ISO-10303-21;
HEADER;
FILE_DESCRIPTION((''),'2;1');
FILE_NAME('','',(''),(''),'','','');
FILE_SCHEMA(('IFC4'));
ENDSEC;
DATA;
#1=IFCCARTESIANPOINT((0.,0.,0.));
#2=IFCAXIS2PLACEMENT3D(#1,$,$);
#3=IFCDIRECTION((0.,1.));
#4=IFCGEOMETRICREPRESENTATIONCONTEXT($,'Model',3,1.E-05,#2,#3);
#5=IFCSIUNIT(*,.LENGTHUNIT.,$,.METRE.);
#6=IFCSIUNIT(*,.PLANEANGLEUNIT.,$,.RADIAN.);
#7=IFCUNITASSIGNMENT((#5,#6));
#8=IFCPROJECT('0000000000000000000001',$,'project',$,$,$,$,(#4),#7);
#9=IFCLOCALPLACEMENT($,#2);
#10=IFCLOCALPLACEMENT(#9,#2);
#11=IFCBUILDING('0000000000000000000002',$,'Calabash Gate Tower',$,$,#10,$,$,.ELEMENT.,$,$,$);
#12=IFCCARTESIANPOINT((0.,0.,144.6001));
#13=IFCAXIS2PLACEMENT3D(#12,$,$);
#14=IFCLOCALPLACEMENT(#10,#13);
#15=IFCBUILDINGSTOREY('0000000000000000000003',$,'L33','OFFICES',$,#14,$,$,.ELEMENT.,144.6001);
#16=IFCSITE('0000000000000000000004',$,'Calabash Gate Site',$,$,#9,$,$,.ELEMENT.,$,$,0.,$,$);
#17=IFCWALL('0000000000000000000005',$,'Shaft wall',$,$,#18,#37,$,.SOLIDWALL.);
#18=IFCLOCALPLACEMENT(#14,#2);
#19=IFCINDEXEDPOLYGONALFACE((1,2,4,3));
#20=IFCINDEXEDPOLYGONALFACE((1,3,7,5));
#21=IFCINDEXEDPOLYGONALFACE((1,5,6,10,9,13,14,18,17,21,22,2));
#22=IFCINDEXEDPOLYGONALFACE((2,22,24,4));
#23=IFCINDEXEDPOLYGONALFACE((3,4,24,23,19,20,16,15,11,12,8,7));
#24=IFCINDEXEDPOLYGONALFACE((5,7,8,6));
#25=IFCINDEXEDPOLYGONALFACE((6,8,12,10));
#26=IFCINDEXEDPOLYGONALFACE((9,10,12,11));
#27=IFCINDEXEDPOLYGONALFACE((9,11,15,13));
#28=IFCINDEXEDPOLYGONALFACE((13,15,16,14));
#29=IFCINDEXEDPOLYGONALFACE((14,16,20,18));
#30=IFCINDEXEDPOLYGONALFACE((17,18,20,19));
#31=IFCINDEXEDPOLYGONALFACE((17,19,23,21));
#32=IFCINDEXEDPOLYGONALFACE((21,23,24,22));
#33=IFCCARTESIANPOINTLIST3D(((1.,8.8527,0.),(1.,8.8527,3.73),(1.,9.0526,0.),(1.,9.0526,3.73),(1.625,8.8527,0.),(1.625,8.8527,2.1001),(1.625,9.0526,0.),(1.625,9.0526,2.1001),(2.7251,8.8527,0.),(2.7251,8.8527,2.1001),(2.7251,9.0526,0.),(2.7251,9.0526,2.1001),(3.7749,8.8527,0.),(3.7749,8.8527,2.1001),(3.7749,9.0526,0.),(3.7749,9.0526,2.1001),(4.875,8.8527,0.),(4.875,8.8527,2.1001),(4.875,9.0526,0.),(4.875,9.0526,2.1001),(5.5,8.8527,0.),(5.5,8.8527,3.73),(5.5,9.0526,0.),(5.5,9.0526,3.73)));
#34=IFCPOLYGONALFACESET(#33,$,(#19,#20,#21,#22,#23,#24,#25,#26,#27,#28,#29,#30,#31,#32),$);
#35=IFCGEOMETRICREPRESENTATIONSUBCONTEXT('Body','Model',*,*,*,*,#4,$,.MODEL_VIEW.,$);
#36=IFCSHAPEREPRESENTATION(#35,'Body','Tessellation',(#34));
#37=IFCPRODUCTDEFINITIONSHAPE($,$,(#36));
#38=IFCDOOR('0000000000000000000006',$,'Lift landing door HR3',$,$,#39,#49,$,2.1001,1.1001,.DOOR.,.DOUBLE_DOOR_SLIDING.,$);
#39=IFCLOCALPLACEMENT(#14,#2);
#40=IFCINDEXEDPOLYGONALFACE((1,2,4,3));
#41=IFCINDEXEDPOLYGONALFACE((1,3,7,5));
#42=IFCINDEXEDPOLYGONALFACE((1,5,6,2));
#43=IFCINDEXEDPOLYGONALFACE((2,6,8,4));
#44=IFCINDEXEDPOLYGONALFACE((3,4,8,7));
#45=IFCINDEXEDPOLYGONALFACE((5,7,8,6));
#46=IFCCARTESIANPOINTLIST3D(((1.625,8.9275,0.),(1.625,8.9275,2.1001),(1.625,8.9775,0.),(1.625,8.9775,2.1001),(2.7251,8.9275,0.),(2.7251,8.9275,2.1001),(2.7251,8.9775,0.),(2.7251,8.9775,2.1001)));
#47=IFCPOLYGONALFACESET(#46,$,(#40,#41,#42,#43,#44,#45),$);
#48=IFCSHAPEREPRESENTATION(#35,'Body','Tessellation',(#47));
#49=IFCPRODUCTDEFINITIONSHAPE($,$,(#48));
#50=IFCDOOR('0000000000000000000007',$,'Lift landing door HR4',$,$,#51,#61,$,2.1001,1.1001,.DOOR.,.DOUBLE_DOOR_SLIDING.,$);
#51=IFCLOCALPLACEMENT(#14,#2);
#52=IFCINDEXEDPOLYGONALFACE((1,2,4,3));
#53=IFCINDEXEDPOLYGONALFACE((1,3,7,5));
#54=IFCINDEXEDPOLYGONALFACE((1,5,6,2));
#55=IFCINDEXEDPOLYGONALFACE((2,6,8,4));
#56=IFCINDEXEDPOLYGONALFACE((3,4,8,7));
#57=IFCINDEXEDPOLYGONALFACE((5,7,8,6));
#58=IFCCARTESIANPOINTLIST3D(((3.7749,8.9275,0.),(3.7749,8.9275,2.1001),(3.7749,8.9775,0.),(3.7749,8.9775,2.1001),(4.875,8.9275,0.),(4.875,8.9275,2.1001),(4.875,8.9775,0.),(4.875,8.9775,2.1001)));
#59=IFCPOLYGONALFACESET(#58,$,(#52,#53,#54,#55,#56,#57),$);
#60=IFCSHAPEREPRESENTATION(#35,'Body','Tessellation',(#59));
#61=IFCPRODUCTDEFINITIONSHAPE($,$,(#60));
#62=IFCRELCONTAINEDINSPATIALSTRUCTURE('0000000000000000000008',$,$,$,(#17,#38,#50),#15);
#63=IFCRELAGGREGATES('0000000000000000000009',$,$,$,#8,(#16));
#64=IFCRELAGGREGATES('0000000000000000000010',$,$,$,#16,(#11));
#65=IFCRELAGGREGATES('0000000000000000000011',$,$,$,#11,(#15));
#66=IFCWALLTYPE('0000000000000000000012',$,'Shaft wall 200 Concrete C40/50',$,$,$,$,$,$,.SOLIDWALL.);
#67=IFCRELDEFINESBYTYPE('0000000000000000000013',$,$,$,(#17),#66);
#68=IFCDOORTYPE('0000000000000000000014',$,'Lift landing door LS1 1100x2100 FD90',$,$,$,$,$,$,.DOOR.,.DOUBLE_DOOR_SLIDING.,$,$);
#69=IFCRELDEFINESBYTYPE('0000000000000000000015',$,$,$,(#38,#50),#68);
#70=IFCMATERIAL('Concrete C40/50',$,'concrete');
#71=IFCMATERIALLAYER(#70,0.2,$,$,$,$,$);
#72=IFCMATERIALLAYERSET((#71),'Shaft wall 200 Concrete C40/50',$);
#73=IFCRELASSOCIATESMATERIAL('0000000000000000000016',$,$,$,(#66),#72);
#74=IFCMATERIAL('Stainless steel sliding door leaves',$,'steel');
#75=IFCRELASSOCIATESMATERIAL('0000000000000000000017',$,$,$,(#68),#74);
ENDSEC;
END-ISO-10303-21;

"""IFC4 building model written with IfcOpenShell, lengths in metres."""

from ifc_helpers import new_model, si_unit, direction, frame, frame_2d, origin, place, context, subcontext, project, spatial, rectangle, extrude, material, layer, layer_set, type_object, element, fill, save


model = new_model("IFC4")

# Units and contexts
model_context = context("Model", 3, precision=1e-05, world=origin(), true_north=direction((0.0, 1.0)))
body_context = subcontext(model_context, "Body", "Model", "MODEL_VIEW")
ifc_project = project(units=[si_unit("LENGTHUNIT", "METRE"), si_unit("PLANEANGLEUNIT", "RADIAN")], contexts=[model_context])

# Site, building, storey
site_placement = place(None, origin())
site = spatial("IfcSite", under=ifc_project, at=site_placement, Name="Calabash Gate Site", CompositionType="ELEMENT", RefElevation=0.0)
building_placement = place(site_placement, origin())
building = spatial("IfcBuilding", under=site, at=building_placement, Name="Calabash Gate Tower", CompositionType="ELEMENT")
storey_placement = place(building_placement, frame((0.0, 0.0, 144.6001)))
storey = spatial("IfcBuildingStorey", under=building, at=storey_placement, Name="L33", Description="OFFICES", CompositionType="ELEMENT", Elevation=144.6001)

# Shared definitions
ifc_material_1 = material(Name="Concrete C40/50", Category="concrete")
ifc_layer_1 = layer(ifc_material_1, 0.2)
ifc_layer_set_1 = layer_set([ifc_layer_1], Name="Shaft wall 200 Concrete C40/50")
wall_type_1 = type_object("IfcWallType", Name="Shaft wall 200 Concrete C40/50", PredefinedType="SOLIDWALL", material=ifc_layer_set_1)

# Wall, openings, doors
wall_1_placement = place(storey_placement, frame((1.0, 8.9526, 0.0), z_axis=(0.0, 0.0, 1.0), x_axis=(1.0, 0.0, 0.0)))
wall_1 = element("IfcWall", 1, at=wall_1_placement, inside=storey, type_object=wall_type_1, Name="Shaft wall", PredefinedType="SOLIDWALL", context=body_context, shape_type="SweptSolid", body=[
    extrude(rectangle(XDim=4.5, YDim=0.2, at=frame_2d((2.25, 0.0))), origin(), (0.0, 0.0, 1.0), 3.73),
])
opening_1_placement = place(wall_1_placement, frame((0.625, 0.0, 0.0)))
opening_1 = element("IfcOpeningElement", 2, at=opening_1_placement, cuts=wall_1, PredefinedType="OPENING", context=body_context, shape_type="SweptSolid", body=[
    extrude(rectangle(XDim=1.1001, YDim=2.1001, at=frame_2d((0.55, 1.05))), frame((0.0, 0.1099, 0.0), z_axis=(0.0, -1.0, 0.0), x_axis=(1.0, 0.0, 0.0)), (0.0, 0.0, 1.0), 0.22),
])
opening_2_placement = place(wall_1_placement, frame((2.7749, 0.0, 0.0)))
opening_2 = element("IfcOpeningElement", 3, at=opening_2_placement, cuts=wall_1, PredefinedType="OPENING", context=body_context, shape_type="SweptSolid", body=[
    extrude(rectangle(XDim=1.1001, YDim=2.1001, at=frame_2d((0.55, 1.05))), frame((0.0, 0.1099, 0.0), z_axis=(0.0, -1.0, 0.0), x_axis=(1.0, 0.0, 0.0)), (0.0, 0.0, 1.0), 0.22),
])
ifc_material_2 = material(Name="Stainless steel sliding door leaves", Category="steel")
door_type_1 = type_object("IfcDoorType", Name="Lift landing door LS1 1100x2100 FD90", OperationType="DOUBLE_DOOR_SLIDING", PredefinedType="DOOR", material=ifc_material_2)
door_1_placement = place(opening_1_placement, origin())
door_1 = element("IfcDoor", 4, at=door_1_placement, inside=storey, type_object=door_type_1, Name="Lift landing door HR3", OperationType="DOUBLE_DOOR_SLIDING", OverallHeight=2.1001, OverallWidth=1.1001, PredefinedType="DOOR", context=body_context, shape_type="SweptSolid", body=[
    extrude(rectangle(XDim=1.1001, YDim=2.1001, at=frame_2d((0.55, 1.05))), frame((0.0, 0.0249, 0.0), z_axis=(0.0, -1.0, 0.0), x_axis=(1.0, 0.0, 0.0)), (0.0, 0.0, 1.0), 0.05),
])
fill(opening_1, door_1)
door_2_placement = place(opening_2_placement, origin())
door_2 = element("IfcDoor", 5, at=door_2_placement, inside=storey, type_object=door_type_1, Name="Lift landing door HR4", OperationType="DOUBLE_DOOR_SLIDING", OverallHeight=2.1001, OverallWidth=1.1001, PredefinedType="DOOR", context=body_context, shape_type="SweptSolid", body=[
    extrude(rectangle(XDim=1.1001, YDim=2.1001, at=frame_2d((0.55, 1.05))), frame((0.0, 0.0249, 0.0), z_axis=(0.0, -1.0, 0.0), x_axis=(1.0, 0.0, 0.0)), (0.0, 0.0, 1.0), 0.05),
])
fill(opening_2, door_2)

save(model, "model.ifc")
